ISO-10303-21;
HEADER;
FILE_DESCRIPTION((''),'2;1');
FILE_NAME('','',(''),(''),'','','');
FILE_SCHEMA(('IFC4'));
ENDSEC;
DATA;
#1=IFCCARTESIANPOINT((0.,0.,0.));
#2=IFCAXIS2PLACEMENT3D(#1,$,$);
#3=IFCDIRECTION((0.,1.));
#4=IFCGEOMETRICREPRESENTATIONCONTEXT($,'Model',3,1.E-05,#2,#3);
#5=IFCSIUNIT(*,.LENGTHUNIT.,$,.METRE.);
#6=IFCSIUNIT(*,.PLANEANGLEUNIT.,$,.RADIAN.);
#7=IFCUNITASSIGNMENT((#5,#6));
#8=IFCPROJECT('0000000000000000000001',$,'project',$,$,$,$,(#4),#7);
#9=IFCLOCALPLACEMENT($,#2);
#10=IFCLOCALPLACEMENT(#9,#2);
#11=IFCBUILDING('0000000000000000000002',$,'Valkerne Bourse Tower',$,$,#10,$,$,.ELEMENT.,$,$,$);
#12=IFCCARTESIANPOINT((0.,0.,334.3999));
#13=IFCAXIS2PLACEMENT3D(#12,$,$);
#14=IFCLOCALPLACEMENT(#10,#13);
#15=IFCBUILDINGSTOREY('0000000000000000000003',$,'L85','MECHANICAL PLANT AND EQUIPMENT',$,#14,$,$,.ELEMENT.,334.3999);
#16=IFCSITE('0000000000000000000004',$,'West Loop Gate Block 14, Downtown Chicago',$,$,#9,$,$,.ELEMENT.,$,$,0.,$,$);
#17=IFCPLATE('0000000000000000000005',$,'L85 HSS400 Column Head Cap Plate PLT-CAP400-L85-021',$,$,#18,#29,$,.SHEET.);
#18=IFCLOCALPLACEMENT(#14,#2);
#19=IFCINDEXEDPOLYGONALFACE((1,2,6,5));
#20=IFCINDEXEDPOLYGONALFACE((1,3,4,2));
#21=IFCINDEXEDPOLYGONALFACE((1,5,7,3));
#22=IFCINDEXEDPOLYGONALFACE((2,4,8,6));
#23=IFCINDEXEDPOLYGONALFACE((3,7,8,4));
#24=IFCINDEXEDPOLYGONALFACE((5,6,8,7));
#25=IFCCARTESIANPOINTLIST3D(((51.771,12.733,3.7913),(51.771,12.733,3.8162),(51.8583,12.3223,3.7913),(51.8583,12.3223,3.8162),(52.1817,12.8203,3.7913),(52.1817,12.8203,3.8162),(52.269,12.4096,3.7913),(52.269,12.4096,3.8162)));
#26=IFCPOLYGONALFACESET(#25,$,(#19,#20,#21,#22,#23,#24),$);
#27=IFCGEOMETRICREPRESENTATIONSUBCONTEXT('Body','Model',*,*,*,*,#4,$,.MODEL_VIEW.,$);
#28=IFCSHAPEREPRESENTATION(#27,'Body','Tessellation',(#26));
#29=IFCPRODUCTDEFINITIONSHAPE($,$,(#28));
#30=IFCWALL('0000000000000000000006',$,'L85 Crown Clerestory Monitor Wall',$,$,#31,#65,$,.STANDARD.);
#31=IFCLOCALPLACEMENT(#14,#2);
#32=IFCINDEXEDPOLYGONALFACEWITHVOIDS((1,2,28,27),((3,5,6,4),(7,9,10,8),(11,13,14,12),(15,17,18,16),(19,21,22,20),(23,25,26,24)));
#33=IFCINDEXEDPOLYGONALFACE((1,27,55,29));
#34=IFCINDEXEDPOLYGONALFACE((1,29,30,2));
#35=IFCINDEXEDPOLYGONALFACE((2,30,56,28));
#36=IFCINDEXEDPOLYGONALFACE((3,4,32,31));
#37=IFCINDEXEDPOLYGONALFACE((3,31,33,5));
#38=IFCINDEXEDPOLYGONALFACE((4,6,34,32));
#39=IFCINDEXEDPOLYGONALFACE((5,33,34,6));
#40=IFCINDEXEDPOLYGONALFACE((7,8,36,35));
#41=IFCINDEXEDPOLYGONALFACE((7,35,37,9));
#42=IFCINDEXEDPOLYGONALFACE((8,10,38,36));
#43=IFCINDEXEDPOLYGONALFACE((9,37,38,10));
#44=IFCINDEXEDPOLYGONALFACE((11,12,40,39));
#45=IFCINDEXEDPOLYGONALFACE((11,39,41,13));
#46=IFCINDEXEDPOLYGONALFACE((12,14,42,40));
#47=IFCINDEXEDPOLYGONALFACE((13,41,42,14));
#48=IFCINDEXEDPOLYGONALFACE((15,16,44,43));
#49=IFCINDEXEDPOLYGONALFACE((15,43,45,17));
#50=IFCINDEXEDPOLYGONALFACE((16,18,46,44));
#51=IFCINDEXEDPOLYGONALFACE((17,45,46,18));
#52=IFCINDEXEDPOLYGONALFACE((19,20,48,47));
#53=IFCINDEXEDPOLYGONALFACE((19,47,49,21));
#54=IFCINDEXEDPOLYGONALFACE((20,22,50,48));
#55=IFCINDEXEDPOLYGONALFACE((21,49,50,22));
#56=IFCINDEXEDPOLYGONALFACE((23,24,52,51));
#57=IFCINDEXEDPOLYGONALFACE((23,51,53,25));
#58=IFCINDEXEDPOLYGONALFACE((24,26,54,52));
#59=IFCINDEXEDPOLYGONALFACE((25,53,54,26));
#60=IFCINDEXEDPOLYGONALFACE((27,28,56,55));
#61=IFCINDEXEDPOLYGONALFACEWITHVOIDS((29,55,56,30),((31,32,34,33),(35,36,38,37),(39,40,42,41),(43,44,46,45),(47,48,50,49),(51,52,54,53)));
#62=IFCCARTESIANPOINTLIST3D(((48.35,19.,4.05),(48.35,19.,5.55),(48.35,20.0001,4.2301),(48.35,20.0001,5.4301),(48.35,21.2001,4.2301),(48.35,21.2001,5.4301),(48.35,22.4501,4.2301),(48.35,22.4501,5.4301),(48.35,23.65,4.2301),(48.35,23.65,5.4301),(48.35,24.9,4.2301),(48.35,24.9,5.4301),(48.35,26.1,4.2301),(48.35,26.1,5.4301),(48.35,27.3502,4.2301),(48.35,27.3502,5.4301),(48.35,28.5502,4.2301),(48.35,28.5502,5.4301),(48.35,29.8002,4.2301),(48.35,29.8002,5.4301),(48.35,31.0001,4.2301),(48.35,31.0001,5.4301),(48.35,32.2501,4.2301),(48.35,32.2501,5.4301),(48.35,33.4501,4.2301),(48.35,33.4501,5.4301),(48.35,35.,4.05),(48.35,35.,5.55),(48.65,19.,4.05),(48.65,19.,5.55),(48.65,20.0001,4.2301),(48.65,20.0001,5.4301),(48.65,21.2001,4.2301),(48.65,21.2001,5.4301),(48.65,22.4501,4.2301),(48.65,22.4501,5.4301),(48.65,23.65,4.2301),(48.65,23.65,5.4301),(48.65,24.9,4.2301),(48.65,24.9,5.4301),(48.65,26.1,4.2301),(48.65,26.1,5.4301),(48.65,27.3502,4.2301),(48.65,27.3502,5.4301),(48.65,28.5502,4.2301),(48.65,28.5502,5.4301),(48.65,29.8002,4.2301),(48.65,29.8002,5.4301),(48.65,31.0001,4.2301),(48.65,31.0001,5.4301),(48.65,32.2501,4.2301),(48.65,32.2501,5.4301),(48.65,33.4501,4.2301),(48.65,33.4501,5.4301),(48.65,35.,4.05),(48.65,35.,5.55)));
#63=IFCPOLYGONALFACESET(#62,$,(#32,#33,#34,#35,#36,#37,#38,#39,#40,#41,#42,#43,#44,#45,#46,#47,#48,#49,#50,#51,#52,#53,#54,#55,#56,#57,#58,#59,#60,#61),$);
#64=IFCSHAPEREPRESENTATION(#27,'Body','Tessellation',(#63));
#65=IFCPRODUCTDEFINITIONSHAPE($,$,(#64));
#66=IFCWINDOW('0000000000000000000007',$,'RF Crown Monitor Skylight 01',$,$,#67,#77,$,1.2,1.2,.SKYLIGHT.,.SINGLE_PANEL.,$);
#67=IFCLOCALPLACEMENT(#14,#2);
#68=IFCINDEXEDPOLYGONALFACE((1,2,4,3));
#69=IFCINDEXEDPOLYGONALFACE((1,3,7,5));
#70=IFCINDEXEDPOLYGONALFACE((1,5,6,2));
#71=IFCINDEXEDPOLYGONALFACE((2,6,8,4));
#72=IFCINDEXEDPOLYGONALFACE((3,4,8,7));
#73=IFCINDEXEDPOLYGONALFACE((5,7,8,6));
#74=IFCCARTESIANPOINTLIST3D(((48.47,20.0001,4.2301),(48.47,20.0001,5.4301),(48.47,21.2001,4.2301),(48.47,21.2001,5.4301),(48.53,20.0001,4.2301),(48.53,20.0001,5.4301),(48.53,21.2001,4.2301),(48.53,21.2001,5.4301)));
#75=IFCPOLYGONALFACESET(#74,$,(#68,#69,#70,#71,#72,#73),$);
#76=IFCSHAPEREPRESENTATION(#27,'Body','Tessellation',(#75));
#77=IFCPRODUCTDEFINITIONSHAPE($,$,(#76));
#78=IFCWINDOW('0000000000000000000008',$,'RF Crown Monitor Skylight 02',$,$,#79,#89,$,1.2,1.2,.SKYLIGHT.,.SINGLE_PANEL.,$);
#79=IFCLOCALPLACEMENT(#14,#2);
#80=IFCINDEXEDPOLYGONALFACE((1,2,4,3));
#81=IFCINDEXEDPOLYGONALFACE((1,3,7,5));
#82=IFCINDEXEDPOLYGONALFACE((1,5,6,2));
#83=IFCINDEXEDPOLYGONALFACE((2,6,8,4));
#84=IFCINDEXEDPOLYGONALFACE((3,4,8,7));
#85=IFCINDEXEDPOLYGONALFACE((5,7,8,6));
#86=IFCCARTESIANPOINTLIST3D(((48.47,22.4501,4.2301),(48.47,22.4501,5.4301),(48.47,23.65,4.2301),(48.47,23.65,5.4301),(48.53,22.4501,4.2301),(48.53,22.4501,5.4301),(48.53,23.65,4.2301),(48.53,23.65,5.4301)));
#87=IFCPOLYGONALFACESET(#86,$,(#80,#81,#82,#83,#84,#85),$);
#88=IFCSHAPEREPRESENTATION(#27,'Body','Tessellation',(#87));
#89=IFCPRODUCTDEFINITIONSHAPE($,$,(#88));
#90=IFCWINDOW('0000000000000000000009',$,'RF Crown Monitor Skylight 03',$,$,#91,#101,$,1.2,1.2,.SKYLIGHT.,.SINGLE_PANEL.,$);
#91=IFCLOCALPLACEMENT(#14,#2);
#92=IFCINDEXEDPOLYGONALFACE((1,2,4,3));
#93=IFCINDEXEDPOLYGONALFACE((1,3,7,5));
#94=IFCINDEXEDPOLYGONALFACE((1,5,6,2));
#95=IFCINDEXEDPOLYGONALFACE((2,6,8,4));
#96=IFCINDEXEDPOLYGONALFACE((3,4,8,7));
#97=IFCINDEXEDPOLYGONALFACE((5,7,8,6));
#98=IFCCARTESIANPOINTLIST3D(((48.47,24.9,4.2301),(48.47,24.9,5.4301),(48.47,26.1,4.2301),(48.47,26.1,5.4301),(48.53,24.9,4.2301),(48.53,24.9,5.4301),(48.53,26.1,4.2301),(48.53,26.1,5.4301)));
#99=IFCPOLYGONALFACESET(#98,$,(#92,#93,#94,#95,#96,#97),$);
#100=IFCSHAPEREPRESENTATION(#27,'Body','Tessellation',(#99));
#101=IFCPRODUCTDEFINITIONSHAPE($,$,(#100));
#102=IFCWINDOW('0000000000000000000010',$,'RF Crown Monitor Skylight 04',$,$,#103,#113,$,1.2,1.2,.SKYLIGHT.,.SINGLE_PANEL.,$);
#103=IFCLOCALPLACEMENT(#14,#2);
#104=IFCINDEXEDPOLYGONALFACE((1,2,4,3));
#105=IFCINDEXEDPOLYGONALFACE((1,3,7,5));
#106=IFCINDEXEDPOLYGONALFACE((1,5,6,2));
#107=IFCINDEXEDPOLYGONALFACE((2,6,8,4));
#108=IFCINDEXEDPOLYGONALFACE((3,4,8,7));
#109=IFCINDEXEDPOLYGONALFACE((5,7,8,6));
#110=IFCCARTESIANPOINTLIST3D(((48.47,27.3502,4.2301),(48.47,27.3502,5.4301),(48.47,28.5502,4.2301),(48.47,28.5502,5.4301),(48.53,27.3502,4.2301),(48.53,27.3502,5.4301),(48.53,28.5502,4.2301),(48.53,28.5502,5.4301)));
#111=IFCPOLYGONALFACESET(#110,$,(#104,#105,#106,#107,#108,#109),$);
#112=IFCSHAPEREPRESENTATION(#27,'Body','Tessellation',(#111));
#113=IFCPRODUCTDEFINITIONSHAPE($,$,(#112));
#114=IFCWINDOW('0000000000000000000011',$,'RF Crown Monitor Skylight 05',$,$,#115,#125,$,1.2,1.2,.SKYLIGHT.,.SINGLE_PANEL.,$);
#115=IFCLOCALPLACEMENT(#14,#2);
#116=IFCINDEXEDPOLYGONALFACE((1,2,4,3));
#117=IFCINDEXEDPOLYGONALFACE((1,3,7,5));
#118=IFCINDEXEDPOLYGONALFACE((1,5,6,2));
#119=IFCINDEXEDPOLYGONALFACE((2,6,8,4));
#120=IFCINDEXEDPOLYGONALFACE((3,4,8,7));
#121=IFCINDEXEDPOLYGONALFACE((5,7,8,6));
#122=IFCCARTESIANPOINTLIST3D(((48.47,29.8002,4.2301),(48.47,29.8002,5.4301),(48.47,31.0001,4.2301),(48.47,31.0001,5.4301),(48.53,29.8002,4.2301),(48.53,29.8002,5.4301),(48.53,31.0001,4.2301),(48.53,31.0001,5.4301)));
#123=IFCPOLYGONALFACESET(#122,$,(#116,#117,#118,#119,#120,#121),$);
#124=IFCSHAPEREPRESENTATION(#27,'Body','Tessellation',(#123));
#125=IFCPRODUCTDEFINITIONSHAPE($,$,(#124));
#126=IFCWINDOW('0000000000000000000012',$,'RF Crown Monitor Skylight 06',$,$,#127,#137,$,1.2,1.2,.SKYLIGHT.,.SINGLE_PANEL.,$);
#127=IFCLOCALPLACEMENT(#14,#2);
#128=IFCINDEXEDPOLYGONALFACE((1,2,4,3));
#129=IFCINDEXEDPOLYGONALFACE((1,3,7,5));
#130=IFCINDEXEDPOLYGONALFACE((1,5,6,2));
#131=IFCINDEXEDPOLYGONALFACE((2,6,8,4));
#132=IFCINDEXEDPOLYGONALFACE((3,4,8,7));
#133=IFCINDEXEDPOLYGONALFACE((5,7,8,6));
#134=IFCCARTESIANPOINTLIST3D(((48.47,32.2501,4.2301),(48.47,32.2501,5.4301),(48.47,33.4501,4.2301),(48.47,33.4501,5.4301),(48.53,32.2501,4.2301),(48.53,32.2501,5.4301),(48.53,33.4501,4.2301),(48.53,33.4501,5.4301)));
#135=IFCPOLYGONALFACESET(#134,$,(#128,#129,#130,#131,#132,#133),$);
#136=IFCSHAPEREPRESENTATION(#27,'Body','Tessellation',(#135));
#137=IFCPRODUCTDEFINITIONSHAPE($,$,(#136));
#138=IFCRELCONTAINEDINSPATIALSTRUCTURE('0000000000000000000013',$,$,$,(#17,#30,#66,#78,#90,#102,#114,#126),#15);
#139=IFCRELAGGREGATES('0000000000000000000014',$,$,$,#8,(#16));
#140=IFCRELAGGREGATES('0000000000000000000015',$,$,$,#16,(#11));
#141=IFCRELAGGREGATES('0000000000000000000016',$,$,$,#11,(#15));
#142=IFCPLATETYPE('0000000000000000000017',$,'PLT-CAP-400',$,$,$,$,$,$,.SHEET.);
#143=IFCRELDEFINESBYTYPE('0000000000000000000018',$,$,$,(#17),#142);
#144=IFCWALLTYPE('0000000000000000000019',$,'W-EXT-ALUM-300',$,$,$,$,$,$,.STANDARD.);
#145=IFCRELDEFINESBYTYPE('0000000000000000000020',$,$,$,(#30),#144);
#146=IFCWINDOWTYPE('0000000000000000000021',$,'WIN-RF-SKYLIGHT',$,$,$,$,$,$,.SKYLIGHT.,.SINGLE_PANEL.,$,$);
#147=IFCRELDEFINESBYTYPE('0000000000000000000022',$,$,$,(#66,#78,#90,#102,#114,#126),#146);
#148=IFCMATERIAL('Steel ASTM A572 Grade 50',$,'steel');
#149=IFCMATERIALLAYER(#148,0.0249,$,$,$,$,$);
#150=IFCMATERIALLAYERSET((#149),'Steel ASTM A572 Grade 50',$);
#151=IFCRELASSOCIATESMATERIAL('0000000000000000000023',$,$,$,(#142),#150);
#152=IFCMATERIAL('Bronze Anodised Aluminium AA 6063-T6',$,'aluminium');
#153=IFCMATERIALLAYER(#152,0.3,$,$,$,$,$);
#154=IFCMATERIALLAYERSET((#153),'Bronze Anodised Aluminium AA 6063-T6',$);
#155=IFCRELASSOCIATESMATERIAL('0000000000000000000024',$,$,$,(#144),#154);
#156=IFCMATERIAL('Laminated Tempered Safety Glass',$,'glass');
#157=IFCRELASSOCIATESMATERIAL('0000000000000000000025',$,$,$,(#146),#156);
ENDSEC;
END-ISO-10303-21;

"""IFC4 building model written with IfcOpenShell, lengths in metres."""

from ifc_helpers import new_model, si_unit, direction, frame, frame_2d, origin, origin_2d, place, context, subcontext, project, spatial, rectangle, extrude, material, layer, layer_set, type_object, element, fill, save


model = new_model("IFC4")

# Units and contexts
model_context = context("Model", 3, precision=1e-05, world=origin(), true_north=direction((0.0, 1.0)))
body_context = subcontext(model_context, "Body", "Model", "MODEL_VIEW")
ifc_project = project(units=[si_unit("LENGTHUNIT", "METRE"), si_unit("PLANEANGLEUNIT", "RADIAN")], contexts=[model_context])

# Site, building, storey
site_placement = place(None, origin())
site = spatial("IfcSite", under=ifc_project, at=site_placement, Name="West Loop Gate Block 14, Downtown Chicago", CompositionType="ELEMENT", RefElevation=0.0)
building_placement = place(site_placement, origin())
building = spatial("IfcBuilding", under=site, at=building_placement, Name="Valkerne Bourse Tower", CompositionType="ELEMENT")
storey_placement = place(building_placement, frame((0.0, 0.0, 334.3999)))
storey = spatial("IfcBuildingStorey", under=building, at=storey_placement, Name="L85", Description="MECHANICAL PLANT AND EQUIPMENT", CompositionType="ELEMENT", Elevation=334.3999)

# Shared definitions
ifc_material_1 = material(Name="Bronze Anodised Aluminium AA 6063-T6", Category="aluminium")

# Plate
ifc_material_2 = material(Name="Steel ASTM A572 Grade 50", Category="steel")
ifc_layer_1 = layer(ifc_material_2, 0.0249)
ifc_layer_set_1 = layer_set([ifc_layer_1], Name="Steel ASTM A572 Grade 50")
plate_type_1 = type_object("IfcPlateType", Name="PLT-CAP-400", PredefinedType="SHEET", material=ifc_layer_set_1)
plate_1_placement = place(storey_placement, frame((52.02, 12.5713, 3.7913), z_axis=(0.0, 0.0, 1.0), x_axis=(0.978148, 0.207912, 0.0)))
element("IfcPlate", 1, at=plate_1_placement, inside=storey, type_object=plate_type_1, Name="L85 HSS400 Column Head Cap Plate PLT-CAP400-L85-021", PredefinedType="SHEET", context=body_context, shape_type="SweptSolid", body=[
    extrude(rectangle(XDim=0.4199, YDim=0.4199, at=origin_2d()), origin(), (0.0, 0.0, 1.0), 0.0249),
])

# Wall, openings, windows
ifc_layer_2 = layer(ifc_material_1, 0.3)
ifc_layer_set_2 = layer_set([ifc_layer_2], Name="Bronze Anodised Aluminium AA 6063-T6")
wall_type_1 = type_object("IfcWallType", Name="W-EXT-ALUM-300", PredefinedType="STANDARD", material=ifc_layer_set_2)
wall_1_placement = place(storey_placement, frame((48.5, 19.0, 4.05), z_axis=(0.0, 0.0, 1.0), x_axis=(0.0, 1.0, 0.0)))
wall_1 = element("IfcWall", 2, at=wall_1_placement, inside=storey, type_object=wall_type_1, Name="L85 Crown Clerestory Monitor Wall", PredefinedType="STANDARD", context=body_context, shape_type="SweptSolid", body=[
    extrude(rectangle(XDim=16.0, YDim=0.3, at=frame_2d((8.0, 0.0))), origin(), (0.0, 0.0, 1.0), 1.5),
])
opening_1_placement = place(wall_1_placement, frame((1.0, 0.0, 0.1799)))
opening_1 = element("IfcOpeningElement", 3, at=opening_1_placement, cuts=wall_1, PredefinedType="OPENING", context=body_context, shape_type="SweptSolid", body=[
    extrude(rectangle(XDim=1.2, YDim=1.2, at=frame_2d((0.6001, 0.6001))), frame((0.0, 0.1599, 0.0), z_axis=(0.0, -1.0, 0.0), x_axis=(1.0, 0.0, 0.0)), (0.0, 0.0, 1.0), 0.3201),
])
opening_2_placement = place(wall_1_placement, frame((3.45, 0.0, 0.1799)))
opening_2 = element("IfcOpeningElement", 4, at=opening_2_placement, cuts=wall_1, PredefinedType="OPENING", context=body_context, shape_type="SweptSolid", body=[
    extrude(rectangle(XDim=1.2, YDim=1.2, at=frame_2d((0.6001, 0.6001))), frame((0.0, 0.1599, 0.0), z_axis=(0.0, -1.0, 0.0), x_axis=(1.0, 0.0, 0.0)), (0.0, 0.0, 1.0), 0.3201),
])
opening_3_placement = place(wall_1_placement, frame((5.8999, 0.0, 0.1799)))
opening_3 = element("IfcOpeningElement", 5, at=opening_3_placement, cuts=wall_1, PredefinedType="OPENING", context=body_context, shape_type="SweptSolid", body=[
    extrude(rectangle(XDim=1.2, YDim=1.2, at=frame_2d((0.6001, 0.6001))), frame((0.0, 0.1599, 0.0), z_axis=(0.0, -1.0, 0.0), x_axis=(1.0, 0.0, 0.0)), (0.0, 0.0, 1.0), 0.3201),
])
opening_4_placement = place(wall_1_placement, frame((8.3501, 0.0, 0.1799)))
opening_4 = element("IfcOpeningElement", 6, at=opening_4_placement, cuts=wall_1, PredefinedType="OPENING", context=body_context, shape_type="SweptSolid", body=[
    extrude(rectangle(XDim=1.2, YDim=1.2, at=frame_2d((0.6001, 0.6001))), frame((0.0, 0.1599, 0.0), z_axis=(0.0, -1.0, 0.0), x_axis=(1.0, 0.0, 0.0)), (0.0, 0.0, 1.0), 0.3201),
])
opening_5_placement = place(wall_1_placement, frame((10.8, 0.0, 0.1799)))
opening_5 = element("IfcOpeningElement", 7, at=opening_5_placement, cuts=wall_1, PredefinedType="OPENING", context=body_context, shape_type="SweptSolid", body=[
    extrude(rectangle(XDim=1.2, YDim=1.2, at=frame_2d((0.6001, 0.6001))), frame((0.0, 0.1599, 0.0), z_axis=(0.0, -1.0, 0.0), x_axis=(1.0, 0.0, 0.0)), (0.0, 0.0, 1.0), 0.3201),
])
opening_6_placement = place(wall_1_placement, frame((13.25, 0.0, 0.1799)))
opening_6 = element("IfcOpeningElement", 8, at=opening_6_placement, cuts=wall_1, PredefinedType="OPENING", context=body_context, shape_type="SweptSolid", body=[
    extrude(rectangle(XDim=1.2, YDim=1.2, at=frame_2d((0.6001, 0.6001))), frame((0.0, 0.1599, 0.0), z_axis=(0.0, -1.0, 0.0), x_axis=(1.0, 0.0, 0.0)), (0.0, 0.0, 1.0), 0.3201),
])
ifc_material_3 = material(Name="Laminated Tempered Safety Glass", Category="glass")
window_type = type_object("IfcWindowType", Name="WIN-RF-SKYLIGHT", PartitioningType="SINGLE_PANEL", PredefinedType="SKYLIGHT", material=ifc_material_3)
window_1_placement = place(opening_1_placement, origin())
window_1 = element("IfcWindow", 9, at=window_1_placement, inside=storey, type_object=window_type, Name="RF Crown Monitor Skylight 01", OverallHeight=1.2, OverallWidth=1.2, PartitioningType="SINGLE_PANEL", PredefinedType="SKYLIGHT", context=body_context, shape_type="SweptSolid", body=[
    extrude(rectangle(XDim=1.2, YDim=1.2, at=frame_2d((0.6001, 0.6001))), frame((0.0, 0.03, 0.0), z_axis=(0.0, -1.0, 0.0), x_axis=(1.0, 0.0, 0.0)), (0.0, 0.0, 1.0), 0.0601),
])
fill(opening_1, window_1)
window_2_placement = place(opening_2_placement, origin())
window_2 = element("IfcWindow", 10, at=window_2_placement, inside=storey, type_object=window_type, Name="RF Crown Monitor Skylight 02", OverallHeight=1.2, OverallWidth=1.2, PartitioningType="SINGLE_PANEL", PredefinedType="SKYLIGHT", context=body_context, shape_type="SweptSolid", body=[
    extrude(rectangle(XDim=1.2, YDim=1.2, at=frame_2d((0.6001, 0.6001))), frame((0.0, 0.03, 0.0), z_axis=(0.0, -1.0, 0.0), x_axis=(1.0, 0.0, 0.0)), (0.0, 0.0, 1.0), 0.0601),
])
fill(opening_2, window_2)
window_3_placement = place(opening_3_placement, origin())
window_3 = element("IfcWindow", 11, at=window_3_placement, inside=storey, type_object=window_type, Name="RF Crown Monitor Skylight 03", OverallHeight=1.2, OverallWidth=1.2, PartitioningType="SINGLE_PANEL", PredefinedType="SKYLIGHT", context=body_context, shape_type="SweptSolid", body=[
    extrude(rectangle(XDim=1.2, YDim=1.2, at=frame_2d((0.6001, 0.6001))), frame((0.0, 0.03, 0.0), z_axis=(0.0, -1.0, 0.0), x_axis=(1.0, 0.0, 0.0)), (0.0, 0.0, 1.0), 0.0601),
])
fill(opening_3, window_3)
window_4_placement = place(opening_4_placement, origin())
window_4 = element("IfcWindow", 12, at=window_4_placement, inside=storey, type_object=window_type, Name="RF Crown Monitor Skylight 04", OverallHeight=1.2, OverallWidth=1.2, PartitioningType="SINGLE_PANEL", PredefinedType="SKYLIGHT", context=body_context, shape_type="SweptSolid", body=[
    extrude(rectangle(XDim=1.2, YDim=1.2, at=frame_2d((0.6001, 0.6001))), frame((0.0, 0.03, 0.0), z_axis=(0.0, -1.0, 0.0), x_axis=(1.0, 0.0, 0.0)), (0.0, 0.0, 1.0), 0.0601),
])
fill(opening_4, window_4)
window_5_placement = place(opening_5_placement, origin())
window_5 = element("IfcWindow", 13, at=window_5_placement, inside=storey, type_object=window_type, Name="RF Crown Monitor Skylight 05", OverallHeight=1.2, OverallWidth=1.2, PartitioningType="SINGLE_PANEL", PredefinedType="SKYLIGHT", context=body_context, shape_type="SweptSolid", body=[
    extrude(rectangle(XDim=1.2, YDim=1.2, at=frame_2d((0.6001, 0.6001))), frame((0.0, 0.03, 0.0), z_axis=(0.0, -1.0, 0.0), x_axis=(1.0, 0.0, 0.0)), (0.0, 0.0, 1.0), 0.0601),
])
fill(opening_5, window_5)
window_6_placement = place(opening_6_placement, origin())
window_6 = element("IfcWindow", 14, at=window_6_placement, inside=storey, type_object=window_type, Name="RF Crown Monitor Skylight 06", OverallHeight=1.2, OverallWidth=1.2, PartitioningType="SINGLE_PANEL", PredefinedType="SKYLIGHT", context=body_context, shape_type="SweptSolid", body=[
    extrude(rectangle(XDim=1.2, YDim=1.2, at=frame_2d((0.6001, 0.6001))), frame((0.0, 0.03, 0.0), z_axis=(0.0, -1.0, 0.0), x_axis=(1.0, 0.0, 0.0)), (0.0, 0.0, 1.0), 0.0601),
])
fill(opening_6, window_6)

save(model, "model.ifc")
